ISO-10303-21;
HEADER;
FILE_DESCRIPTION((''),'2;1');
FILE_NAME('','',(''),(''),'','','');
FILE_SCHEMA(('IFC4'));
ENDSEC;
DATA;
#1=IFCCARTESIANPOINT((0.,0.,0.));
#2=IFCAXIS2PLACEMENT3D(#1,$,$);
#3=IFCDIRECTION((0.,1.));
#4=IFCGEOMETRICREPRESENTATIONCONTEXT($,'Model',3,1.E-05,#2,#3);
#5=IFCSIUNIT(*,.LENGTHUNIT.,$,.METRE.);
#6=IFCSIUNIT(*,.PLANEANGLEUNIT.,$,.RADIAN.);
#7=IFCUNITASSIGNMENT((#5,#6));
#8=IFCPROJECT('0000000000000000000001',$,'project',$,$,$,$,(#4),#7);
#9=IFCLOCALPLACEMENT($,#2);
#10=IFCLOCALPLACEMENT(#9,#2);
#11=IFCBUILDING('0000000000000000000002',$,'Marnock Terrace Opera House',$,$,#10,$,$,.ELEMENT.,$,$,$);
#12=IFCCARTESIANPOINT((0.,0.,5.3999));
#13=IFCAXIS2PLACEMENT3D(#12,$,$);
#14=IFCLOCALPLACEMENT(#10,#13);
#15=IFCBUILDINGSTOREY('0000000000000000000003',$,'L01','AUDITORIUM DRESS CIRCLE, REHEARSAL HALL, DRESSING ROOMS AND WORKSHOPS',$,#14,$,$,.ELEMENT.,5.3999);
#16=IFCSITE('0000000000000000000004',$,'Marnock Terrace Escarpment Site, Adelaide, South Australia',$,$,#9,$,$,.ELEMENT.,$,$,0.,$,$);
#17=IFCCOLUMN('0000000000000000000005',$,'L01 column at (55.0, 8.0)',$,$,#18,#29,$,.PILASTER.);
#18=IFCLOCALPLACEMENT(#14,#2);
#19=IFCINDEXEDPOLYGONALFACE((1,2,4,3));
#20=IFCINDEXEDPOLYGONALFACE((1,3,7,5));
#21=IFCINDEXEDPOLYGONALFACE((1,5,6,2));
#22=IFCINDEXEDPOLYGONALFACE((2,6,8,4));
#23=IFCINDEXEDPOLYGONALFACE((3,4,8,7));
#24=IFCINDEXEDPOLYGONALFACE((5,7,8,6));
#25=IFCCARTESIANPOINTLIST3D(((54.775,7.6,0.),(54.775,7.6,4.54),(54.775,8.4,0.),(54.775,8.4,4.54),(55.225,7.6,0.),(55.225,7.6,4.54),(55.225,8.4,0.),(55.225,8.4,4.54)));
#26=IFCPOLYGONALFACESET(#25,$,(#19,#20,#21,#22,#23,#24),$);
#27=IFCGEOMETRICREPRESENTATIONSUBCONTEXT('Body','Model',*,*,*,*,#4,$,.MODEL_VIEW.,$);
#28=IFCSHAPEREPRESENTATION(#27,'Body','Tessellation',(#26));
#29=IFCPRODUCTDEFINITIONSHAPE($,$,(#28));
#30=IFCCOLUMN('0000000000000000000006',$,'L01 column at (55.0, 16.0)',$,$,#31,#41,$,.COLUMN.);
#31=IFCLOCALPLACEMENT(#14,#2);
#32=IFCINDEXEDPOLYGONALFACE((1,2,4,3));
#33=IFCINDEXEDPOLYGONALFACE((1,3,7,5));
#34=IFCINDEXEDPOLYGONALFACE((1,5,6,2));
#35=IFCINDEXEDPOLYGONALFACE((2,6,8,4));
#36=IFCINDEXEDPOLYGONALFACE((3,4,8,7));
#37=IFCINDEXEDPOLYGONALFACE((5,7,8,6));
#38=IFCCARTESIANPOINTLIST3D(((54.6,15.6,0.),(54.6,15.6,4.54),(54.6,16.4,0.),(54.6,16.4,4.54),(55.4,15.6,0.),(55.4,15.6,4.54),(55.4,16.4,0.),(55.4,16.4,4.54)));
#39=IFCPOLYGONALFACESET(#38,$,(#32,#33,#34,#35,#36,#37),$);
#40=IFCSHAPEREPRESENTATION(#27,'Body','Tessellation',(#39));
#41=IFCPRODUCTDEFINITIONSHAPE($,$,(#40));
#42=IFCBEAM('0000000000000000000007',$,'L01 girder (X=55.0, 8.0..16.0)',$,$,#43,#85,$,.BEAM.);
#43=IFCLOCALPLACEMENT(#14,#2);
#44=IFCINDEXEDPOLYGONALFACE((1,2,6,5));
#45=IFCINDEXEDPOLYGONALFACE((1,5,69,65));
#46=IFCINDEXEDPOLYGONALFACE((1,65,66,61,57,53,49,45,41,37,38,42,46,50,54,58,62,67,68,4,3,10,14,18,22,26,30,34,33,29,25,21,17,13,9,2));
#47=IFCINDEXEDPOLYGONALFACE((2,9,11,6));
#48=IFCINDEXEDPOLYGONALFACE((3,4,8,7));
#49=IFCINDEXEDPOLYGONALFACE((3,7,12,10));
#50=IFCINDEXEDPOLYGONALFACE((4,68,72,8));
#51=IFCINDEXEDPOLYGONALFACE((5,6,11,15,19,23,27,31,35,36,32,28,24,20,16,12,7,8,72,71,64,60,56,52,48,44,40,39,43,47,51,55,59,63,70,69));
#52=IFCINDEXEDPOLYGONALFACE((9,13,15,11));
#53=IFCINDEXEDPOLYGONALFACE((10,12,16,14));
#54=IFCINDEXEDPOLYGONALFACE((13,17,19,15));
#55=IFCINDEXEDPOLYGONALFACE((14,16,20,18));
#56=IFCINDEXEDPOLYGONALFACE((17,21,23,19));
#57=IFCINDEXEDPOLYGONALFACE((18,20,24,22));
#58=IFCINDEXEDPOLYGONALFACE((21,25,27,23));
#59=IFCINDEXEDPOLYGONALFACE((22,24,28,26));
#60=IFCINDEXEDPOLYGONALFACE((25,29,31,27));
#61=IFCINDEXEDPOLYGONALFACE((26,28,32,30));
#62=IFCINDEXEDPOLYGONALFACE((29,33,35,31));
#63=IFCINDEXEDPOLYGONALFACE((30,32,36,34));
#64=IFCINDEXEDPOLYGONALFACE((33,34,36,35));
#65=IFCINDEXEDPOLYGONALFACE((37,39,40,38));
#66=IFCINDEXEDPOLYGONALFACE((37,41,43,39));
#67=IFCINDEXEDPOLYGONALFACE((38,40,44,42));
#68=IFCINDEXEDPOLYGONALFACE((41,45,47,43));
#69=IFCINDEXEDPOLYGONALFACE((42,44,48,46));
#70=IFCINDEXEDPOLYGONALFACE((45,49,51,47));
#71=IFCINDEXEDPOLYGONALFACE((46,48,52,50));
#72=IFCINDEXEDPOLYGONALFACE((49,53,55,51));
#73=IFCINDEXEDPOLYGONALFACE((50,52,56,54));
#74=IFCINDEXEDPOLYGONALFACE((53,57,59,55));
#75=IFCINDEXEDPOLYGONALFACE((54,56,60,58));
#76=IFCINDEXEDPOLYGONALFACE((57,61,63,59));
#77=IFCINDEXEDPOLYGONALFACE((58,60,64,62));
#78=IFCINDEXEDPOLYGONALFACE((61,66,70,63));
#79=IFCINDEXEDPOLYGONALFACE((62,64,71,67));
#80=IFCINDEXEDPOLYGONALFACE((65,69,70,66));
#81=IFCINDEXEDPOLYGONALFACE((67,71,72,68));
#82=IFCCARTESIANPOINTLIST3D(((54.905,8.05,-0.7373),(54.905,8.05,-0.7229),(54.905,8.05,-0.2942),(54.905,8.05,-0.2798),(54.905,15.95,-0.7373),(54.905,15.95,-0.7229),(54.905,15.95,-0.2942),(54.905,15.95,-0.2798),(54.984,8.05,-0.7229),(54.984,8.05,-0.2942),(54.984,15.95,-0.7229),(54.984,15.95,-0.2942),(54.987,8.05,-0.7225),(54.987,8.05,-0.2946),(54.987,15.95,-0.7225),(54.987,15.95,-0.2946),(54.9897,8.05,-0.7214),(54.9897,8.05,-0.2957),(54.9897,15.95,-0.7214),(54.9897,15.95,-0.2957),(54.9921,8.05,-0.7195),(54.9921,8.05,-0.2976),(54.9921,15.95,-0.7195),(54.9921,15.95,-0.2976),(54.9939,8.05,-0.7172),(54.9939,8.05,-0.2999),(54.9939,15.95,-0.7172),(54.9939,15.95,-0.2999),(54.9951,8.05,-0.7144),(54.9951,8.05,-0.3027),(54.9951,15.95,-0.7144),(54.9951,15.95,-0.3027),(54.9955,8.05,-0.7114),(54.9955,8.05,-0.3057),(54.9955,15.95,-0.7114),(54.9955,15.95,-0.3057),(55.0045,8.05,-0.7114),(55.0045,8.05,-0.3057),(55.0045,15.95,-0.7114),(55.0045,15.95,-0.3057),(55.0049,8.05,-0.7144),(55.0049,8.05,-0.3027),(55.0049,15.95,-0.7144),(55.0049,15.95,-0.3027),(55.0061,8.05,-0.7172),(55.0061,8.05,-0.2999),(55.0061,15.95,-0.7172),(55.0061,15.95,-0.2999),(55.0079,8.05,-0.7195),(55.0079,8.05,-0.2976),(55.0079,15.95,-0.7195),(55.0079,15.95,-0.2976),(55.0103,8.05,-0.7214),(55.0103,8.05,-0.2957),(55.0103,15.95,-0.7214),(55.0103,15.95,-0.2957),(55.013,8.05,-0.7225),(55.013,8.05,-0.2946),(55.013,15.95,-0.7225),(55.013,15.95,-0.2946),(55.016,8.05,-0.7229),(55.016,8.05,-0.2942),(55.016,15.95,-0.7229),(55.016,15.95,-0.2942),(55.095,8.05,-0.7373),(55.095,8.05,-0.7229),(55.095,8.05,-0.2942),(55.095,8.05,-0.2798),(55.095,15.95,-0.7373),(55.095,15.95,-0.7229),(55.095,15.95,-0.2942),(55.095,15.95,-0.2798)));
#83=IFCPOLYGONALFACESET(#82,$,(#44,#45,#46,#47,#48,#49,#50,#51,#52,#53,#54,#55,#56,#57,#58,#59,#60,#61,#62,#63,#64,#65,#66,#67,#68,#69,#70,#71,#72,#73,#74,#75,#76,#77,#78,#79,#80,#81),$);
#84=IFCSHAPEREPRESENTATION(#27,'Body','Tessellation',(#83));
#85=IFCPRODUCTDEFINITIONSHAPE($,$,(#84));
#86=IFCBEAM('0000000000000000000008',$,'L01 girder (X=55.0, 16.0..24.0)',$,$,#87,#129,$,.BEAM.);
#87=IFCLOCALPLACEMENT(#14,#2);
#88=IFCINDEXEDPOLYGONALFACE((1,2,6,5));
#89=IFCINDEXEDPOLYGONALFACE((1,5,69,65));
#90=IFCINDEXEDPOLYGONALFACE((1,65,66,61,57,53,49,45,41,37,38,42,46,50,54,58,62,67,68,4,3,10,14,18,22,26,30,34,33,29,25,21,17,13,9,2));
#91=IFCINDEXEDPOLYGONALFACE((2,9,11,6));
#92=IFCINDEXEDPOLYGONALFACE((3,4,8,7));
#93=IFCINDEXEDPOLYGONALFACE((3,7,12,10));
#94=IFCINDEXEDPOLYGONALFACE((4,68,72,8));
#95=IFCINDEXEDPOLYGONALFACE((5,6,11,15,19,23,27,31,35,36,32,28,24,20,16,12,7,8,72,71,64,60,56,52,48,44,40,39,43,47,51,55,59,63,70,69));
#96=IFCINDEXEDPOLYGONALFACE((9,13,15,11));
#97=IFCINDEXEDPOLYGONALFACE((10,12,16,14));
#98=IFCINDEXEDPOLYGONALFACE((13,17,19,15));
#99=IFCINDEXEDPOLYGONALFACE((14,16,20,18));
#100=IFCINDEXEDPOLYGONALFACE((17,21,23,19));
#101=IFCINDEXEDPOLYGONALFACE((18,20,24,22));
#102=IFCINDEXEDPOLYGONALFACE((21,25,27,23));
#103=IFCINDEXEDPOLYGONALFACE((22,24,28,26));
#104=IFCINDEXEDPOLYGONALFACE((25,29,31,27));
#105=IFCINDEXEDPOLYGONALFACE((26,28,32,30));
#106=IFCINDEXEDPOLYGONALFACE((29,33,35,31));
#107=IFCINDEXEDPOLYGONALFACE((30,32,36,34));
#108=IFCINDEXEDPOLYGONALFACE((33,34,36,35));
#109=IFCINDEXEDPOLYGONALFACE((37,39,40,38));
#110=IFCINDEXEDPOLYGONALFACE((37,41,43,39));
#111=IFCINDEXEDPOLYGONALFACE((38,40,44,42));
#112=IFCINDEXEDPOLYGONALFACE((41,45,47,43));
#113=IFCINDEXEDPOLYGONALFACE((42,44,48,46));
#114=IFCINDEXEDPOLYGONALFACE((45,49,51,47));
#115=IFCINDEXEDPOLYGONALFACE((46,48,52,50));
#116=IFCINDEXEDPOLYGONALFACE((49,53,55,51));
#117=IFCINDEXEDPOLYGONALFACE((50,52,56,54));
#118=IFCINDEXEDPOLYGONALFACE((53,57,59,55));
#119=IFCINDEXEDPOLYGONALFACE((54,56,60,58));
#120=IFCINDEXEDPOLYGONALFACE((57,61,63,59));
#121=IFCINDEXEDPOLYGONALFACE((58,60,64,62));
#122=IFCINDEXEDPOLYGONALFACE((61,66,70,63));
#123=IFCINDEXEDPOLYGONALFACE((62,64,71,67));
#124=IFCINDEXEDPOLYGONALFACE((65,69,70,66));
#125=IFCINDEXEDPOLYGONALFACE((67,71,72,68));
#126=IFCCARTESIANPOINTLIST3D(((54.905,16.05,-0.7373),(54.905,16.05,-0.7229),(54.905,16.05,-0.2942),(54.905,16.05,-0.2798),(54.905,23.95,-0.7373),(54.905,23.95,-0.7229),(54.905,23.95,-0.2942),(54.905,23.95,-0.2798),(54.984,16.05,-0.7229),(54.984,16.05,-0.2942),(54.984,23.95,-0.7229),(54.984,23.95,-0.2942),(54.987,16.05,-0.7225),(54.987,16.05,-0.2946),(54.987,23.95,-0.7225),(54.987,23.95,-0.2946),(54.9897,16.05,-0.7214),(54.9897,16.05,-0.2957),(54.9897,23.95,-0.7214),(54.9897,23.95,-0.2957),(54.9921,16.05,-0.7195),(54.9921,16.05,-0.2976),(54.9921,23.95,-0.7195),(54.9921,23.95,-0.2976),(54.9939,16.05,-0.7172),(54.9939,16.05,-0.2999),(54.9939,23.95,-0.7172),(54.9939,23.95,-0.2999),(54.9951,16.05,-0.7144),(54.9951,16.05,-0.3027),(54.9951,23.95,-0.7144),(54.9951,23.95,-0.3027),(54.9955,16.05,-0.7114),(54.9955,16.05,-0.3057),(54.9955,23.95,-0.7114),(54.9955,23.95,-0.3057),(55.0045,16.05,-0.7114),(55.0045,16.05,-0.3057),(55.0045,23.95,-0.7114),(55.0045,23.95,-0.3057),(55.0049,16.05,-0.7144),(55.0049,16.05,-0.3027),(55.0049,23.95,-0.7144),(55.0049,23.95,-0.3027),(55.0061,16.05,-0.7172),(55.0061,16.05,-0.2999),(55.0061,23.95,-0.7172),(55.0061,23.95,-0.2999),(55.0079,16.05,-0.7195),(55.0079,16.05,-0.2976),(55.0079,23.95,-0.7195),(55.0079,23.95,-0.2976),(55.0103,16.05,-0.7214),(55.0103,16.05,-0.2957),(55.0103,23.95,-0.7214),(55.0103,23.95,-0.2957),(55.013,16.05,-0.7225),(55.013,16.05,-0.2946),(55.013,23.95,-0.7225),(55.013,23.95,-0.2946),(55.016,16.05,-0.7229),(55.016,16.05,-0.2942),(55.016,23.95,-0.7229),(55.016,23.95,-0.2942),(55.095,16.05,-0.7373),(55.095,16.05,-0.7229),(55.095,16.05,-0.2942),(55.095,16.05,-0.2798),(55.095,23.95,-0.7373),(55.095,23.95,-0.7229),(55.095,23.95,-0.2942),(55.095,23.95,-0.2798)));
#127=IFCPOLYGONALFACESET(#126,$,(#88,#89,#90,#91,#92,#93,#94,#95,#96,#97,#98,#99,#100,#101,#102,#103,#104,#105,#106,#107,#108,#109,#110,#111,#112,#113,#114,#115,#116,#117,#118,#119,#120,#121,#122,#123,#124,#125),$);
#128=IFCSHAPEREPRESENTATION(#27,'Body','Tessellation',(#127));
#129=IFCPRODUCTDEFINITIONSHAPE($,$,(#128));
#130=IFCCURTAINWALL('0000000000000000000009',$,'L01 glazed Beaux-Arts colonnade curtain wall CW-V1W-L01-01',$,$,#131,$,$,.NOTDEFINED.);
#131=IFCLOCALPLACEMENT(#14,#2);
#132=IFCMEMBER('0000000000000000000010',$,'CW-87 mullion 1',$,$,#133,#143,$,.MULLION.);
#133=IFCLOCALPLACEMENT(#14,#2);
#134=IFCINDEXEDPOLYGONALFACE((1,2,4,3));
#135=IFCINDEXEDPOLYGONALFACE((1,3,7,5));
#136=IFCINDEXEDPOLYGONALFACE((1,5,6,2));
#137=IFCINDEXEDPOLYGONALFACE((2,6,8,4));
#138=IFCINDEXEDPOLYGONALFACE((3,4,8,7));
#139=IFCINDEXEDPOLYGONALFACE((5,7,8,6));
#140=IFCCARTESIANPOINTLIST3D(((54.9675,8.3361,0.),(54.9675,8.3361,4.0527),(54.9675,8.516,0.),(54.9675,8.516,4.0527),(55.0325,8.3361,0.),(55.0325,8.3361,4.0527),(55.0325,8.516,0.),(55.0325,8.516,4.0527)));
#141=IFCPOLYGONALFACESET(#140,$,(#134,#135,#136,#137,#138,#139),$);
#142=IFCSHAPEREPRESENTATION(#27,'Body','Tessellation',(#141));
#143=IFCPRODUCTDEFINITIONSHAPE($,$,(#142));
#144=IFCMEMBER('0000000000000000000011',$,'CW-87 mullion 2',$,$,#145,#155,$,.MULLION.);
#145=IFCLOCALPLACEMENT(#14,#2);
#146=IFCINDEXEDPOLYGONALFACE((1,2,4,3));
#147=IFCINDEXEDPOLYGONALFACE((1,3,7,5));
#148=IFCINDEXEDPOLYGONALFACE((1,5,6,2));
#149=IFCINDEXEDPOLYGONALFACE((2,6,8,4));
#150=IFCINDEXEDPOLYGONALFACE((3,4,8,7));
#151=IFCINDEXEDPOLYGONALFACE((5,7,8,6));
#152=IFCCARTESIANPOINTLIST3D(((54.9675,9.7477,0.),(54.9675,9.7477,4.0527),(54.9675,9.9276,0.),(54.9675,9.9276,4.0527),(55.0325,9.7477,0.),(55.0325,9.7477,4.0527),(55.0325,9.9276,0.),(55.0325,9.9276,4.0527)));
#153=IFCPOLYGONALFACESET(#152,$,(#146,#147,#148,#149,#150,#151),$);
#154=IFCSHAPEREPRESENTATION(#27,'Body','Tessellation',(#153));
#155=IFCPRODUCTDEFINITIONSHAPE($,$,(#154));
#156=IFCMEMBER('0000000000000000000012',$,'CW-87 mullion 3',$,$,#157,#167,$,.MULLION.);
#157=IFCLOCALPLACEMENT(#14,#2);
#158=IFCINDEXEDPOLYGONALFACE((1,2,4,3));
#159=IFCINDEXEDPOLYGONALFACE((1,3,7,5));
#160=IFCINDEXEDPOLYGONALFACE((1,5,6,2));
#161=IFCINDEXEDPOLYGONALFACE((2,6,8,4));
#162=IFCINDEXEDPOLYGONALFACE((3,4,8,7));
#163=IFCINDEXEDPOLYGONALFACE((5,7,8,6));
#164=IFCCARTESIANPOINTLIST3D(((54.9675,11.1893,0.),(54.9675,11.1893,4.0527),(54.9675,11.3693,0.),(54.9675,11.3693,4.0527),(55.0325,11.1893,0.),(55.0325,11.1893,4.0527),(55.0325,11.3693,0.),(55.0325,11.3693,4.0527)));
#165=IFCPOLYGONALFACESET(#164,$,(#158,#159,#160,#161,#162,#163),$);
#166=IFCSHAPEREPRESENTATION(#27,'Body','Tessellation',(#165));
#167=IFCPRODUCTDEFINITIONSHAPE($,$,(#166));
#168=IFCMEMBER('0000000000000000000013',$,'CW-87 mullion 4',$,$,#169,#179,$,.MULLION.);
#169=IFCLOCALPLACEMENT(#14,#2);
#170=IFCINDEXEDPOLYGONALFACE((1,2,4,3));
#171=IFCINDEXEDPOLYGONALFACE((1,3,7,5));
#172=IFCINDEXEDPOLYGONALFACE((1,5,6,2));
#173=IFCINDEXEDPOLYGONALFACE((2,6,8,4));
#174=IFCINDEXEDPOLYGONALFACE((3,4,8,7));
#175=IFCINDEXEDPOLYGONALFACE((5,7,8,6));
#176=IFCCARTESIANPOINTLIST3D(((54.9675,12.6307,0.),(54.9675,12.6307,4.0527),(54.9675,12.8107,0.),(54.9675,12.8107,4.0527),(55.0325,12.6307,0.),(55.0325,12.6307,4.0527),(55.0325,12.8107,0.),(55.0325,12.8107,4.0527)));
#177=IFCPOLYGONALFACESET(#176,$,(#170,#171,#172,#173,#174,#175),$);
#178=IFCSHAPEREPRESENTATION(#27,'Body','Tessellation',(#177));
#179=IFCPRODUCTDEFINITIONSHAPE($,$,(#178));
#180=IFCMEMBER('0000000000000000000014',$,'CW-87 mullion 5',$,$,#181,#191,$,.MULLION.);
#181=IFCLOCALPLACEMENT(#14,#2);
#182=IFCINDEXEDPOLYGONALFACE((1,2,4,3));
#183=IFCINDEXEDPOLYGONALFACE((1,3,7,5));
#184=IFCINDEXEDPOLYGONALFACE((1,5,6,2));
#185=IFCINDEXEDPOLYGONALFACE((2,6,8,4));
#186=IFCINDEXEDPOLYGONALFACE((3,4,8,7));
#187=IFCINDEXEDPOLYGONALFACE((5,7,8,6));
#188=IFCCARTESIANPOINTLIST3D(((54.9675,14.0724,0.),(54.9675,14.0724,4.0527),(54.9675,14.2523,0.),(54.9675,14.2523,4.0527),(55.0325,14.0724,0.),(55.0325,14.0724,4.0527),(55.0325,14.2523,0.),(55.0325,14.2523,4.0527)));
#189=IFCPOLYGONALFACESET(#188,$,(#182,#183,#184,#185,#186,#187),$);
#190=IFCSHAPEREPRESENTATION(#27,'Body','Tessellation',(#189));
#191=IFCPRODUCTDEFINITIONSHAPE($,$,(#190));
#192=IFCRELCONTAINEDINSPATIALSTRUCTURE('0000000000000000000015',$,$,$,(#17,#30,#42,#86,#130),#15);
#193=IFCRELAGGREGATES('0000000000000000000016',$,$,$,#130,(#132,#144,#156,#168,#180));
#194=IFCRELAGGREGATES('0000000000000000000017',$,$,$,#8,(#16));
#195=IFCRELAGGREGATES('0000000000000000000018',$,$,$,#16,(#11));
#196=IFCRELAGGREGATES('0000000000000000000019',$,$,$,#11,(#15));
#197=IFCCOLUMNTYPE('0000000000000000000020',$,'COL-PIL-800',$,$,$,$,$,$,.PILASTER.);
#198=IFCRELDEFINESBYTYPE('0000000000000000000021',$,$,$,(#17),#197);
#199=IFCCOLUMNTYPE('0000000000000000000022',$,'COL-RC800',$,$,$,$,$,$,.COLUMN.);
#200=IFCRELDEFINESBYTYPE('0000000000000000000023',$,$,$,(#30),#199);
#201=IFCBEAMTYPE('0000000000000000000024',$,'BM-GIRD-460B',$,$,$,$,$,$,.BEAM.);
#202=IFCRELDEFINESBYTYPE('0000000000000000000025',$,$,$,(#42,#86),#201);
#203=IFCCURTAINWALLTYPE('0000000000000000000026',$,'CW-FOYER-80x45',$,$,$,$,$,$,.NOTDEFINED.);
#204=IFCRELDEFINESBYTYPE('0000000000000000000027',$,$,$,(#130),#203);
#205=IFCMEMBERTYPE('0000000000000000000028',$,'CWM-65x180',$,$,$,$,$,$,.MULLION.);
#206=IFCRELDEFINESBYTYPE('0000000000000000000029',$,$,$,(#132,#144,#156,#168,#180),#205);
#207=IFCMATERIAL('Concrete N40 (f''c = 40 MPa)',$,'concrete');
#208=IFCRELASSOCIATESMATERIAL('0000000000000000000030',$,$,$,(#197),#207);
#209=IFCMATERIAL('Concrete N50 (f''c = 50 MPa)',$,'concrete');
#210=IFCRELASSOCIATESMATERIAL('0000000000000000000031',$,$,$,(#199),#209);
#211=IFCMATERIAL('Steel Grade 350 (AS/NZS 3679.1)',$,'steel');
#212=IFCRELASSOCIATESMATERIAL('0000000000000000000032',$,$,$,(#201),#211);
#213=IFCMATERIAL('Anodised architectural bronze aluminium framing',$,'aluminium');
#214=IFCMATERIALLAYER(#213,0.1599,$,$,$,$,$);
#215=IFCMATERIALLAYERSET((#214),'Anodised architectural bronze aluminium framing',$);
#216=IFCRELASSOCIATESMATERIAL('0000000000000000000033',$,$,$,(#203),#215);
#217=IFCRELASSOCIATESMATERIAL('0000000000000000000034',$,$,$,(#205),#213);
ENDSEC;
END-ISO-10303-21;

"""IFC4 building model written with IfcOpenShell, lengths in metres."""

from ifc_helpers import new_model, si_unit, direction, frame, origin, origin_2d, place, context, subcontext, project, spatial, rectangle, i_section, extrude, material, layer, layer_set, material_profile, profile_set, type_object, element, aggregate, save


model = new_model("IFC4")

# Units and contexts
model_context = context("Model", 3, precision=1e-05, world=origin(), true_north=direction((0.0, 1.0)))
body_context = subcontext(model_context, "Body", "Model", "MODEL_VIEW")
ifc_project = project(units=[si_unit("LENGTHUNIT", "METRE"), si_unit("PLANEANGLEUNIT", "RADIAN")], contexts=[model_context])

# Site, building, storey
site_placement = place(None, origin())
site = spatial("IfcSite", under=ifc_project, at=site_placement, Name="Marnock Terrace Escarpment Site, Adelaide, South Australia", CompositionType="ELEMENT", RefElevation=0.0)
building_placement = place(site_placement, origin())
building = spatial("IfcBuilding", under=site, at=building_placement, Name="Marnock Terrace Opera House", CompositionType="ELEMENT")
storey_placement = place(building_placement, frame((0.0, 0.0, 5.3999)))
storey = spatial("IfcBuildingStorey", under=building, at=storey_placement, Name="L01", Description="AUDITORIUM DRESS CIRCLE, REHEARSAL HALL, DRESSING ROOMS AND WORKSHOPS", CompositionType="ELEMENT", Elevation=5.3999)

# Columns
ifc_material_1 = material(Name="Concrete N40 (f'c = 40 MPa)", Category="concrete")
ifc_material_profile_1 = material_profile(ifc_material_1, rectangle(XDim=0.45, YDim=0.8, at=origin_2d()))
ifc_profile_set_1 = profile_set([ifc_material_profile_1], Name="Concrete N40 (f'c = 40 MPa)")
column_type_1 = type_object("IfcColumnType", Name="COL-PIL-800", PredefinedType="PILASTER", material=ifc_profile_set_1)
column_1_placement = place(storey_placement, frame((55.0, 8.0, 0.0), z_axis=(0.0, 0.0, 1.0), x_axis=(1.0, 0.0, 0.0)))
element("IfcColumn", 1, at=column_1_placement, inside=storey, type_object=column_type_1, Name="L01 column at (55.0, 8.0)", PredefinedType="PILASTER", context=body_context, shape_type="SweptSolid", body=[
    extrude(rectangle(XDim=0.45, YDim=0.8, at=origin_2d()), origin(), (0.0, 0.0, 1.0), 4.54),
])
ifc_material_2 = material(Name="Concrete N50 (f'c = 50 MPa)", Category="concrete")
ifc_material_profile_2 = material_profile(ifc_material_2, rectangle(XDim=0.8, YDim=0.8, at=origin_2d()))
ifc_profile_set_2 = profile_set([ifc_material_profile_2], Name="Concrete N50 (f'c = 50 MPa)")
column_type_2 = type_object("IfcColumnType", Name="COL-RC800", PredefinedType="COLUMN", material=ifc_profile_set_2)
column_2_placement = place(storey_placement, frame((55.0, 16.0, 0.0), z_axis=(0.0, 0.0, 1.0), x_axis=(1.0, 0.0, 0.0)))
element("IfcColumn", 2, at=column_2_placement, inside=storey, type_object=column_type_2, Name="L01 column at (55.0, 16.0)", PredefinedType="COLUMN", context=body_context, shape_type="SweptSolid", body=[
    extrude(rectangle(XDim=0.8, YDim=0.8, at=origin_2d()), origin(), (0.0, 0.0, 1.0), 4.54),
])

# Beams
ifc_material_3 = material(Name="Steel Grade 350 (AS/NZS 3679.1)", Category="steel")
ifc_material_profile_3 = material_profile(ifc_material_3, i_section(OverallWidth=0.1899, OverallDepth=0.4575, WebThickness=0.009, FlangeThickness=0.0144, FilletRadius=0.0115, at=origin_2d()))
ifc_profile_set_3 = profile_set([ifc_material_profile_3], Name="Steel Grade 350 (AS/NZS 3679.1)")
beam_type = type_object("IfcBeamType", Name="BM-GIRD-460B", PredefinedType="BEAM", material=ifc_profile_set_3)
for number, where, z_axis, x_axis, name in (
    (3, (55.0, 8.05, -0.5085), (0.0, 1.0, 0.0), (-1.0, 0.0, 0.0), "L01 girder (X=55.0, 8.0..16.0)"),
    (4, (55.0, 16.05, -0.5085), (0.0, 1.0, 0.0), (-1.0, 0.0, 0.0), "L01 girder (X=55.0, 16.0..24.0)"),
):
    element("IfcBeam", number, at=place(storey_placement, frame(where, z_axis=z_axis, x_axis=x_axis)), inside=storey, type_object=beam_type, Name=name, PredefinedType="BEAM", context=body_context, shape_type="SweptSolid", body=[
        extrude(i_section(OverallWidth=0.1899, OverallDepth=0.4575, WebThickness=0.009, FlangeThickness=0.0144, FilletRadius=0.0115, at=origin_2d()), origin(), (0.0, 0.0, 1.0), 7.8999),
    ])

# Curtain wall, members
ifc_material_4 = material(Name="Anodised architectural bronze aluminium framing", Category="aluminium")
ifc_layer_1 = layer(ifc_material_4, 0.1599)
ifc_layer_set_1 = layer_set([ifc_layer_1], Name="Anodised architectural bronze aluminium framing")
curtain_wall_type = type_object("IfcCurtainWallType", Name="CW-FOYER-80x45", PredefinedType="NOTDEFINED", material=ifc_layer_set_1)
curtain_wall_1_placement = place(storey_placement, origin())
curtain_wall_1 = element("IfcCurtainWall", 5, at=curtain_wall_1_placement, inside=storey, type_object=curtain_wall_type, Name="L01 glazed Beaux-Arts colonnade curtain wall CW-V1W-L01-01", PredefinedType="NOTDEFINED")
ifc_material_profile_4 = material_profile(ifc_material_4, rectangle(XDim=0.0649, YDim=0.1799, at=origin_2d()))
ifc_profile_set_4 = profile_set([ifc_material_profile_4], Name="Anodised architectural bronze aluminium framing")
member_type_1 = type_object("IfcMemberType", Name="CWM-65x180", PredefinedType="MULLION", material=ifc_profile_set_4)
member_1_placement = place(storey_placement, frame((55.0, 8.426, 0.0), z_axis=(0.0, 0.0, 1.0), x_axis=(-1.0, 0.0, 0.0)))
member_1 = element("IfcMember", 6, at=member_1_placement, type_object=member_type_1, Name="CW-87 mullion 1", PredefinedType="MULLION", context=body_context, shape_type="SweptSolid", body=[
    extrude(rectangle(XDim=0.0649, YDim=0.1799, at=origin_2d()), origin(), (0.0, 0.0, 1.0), 4.0527),
])
member_2_placement = place(storey_placement, frame((55.0, 9.8376, 0.0), z_axis=(0.0, 0.0, 1.0), x_axis=(-1.0, 0.0, 0.0)))
member_2 = element("IfcMember", 7, at=member_2_placement, type_object=member_type_1, Name="CW-87 mullion 2", PredefinedType="MULLION", context=body_context, shape_type="SweptSolid", body=[
    extrude(rectangle(XDim=0.0649, YDim=0.1799, at=origin_2d()), origin(), (0.0, 0.0, 1.0), 4.0527),
])
member_3_placement = place(storey_placement, frame((55.0, 11.2793, 0.0), z_axis=(0.0, 0.0, 1.0), x_axis=(-1.0, 0.0, 0.0)))
member_3 = element("IfcMember", 8, at=member_3_placement, type_object=member_type_1, Name="CW-87 mullion 3", PredefinedType="MULLION", context=body_context, shape_type="SweptSolid", body=[
    extrude(rectangle(XDim=0.0649, YDim=0.1799, at=origin_2d()), origin(), (0.0, 0.0, 1.0), 4.0527),
])
member_4_placement = place(storey_placement, frame((55.0, 12.7207, 0.0), z_axis=(0.0, 0.0, 1.0), x_axis=(-1.0, 0.0, 0.0)))
member_4 = element("IfcMember", 9, at=member_4_placement, type_object=member_type_1, Name="CW-87 mullion 4", PredefinedType="MULLION", context=body_context, shape_type="SweptSolid", body=[
    extrude(rectangle(XDim=0.0649, YDim=0.1799, at=origin_2d()), origin(), (0.0, 0.0, 1.0), 4.0527),
])
member_5_placement = place(storey_placement, frame((55.0, 14.1624, 0.0), z_axis=(0.0, 0.0, 1.0), x_axis=(-1.0, 0.0, 0.0)))
member_5 = element("IfcMember", 10, at=member_5_placement, type_object=member_type_1, Name="CW-87 mullion 5", PredefinedType="MULLION", context=body_context, shape_type="SweptSolid", body=[
    extrude(rectangle(XDim=0.0649, YDim=0.1799, at=origin_2d()), origin(), (0.0, 0.0, 1.0), 4.0527),
])

aggregate(curtain_wall_1, [member_1, member_2, member_3, member_4, member_5])

save(model, "model.ifc")
